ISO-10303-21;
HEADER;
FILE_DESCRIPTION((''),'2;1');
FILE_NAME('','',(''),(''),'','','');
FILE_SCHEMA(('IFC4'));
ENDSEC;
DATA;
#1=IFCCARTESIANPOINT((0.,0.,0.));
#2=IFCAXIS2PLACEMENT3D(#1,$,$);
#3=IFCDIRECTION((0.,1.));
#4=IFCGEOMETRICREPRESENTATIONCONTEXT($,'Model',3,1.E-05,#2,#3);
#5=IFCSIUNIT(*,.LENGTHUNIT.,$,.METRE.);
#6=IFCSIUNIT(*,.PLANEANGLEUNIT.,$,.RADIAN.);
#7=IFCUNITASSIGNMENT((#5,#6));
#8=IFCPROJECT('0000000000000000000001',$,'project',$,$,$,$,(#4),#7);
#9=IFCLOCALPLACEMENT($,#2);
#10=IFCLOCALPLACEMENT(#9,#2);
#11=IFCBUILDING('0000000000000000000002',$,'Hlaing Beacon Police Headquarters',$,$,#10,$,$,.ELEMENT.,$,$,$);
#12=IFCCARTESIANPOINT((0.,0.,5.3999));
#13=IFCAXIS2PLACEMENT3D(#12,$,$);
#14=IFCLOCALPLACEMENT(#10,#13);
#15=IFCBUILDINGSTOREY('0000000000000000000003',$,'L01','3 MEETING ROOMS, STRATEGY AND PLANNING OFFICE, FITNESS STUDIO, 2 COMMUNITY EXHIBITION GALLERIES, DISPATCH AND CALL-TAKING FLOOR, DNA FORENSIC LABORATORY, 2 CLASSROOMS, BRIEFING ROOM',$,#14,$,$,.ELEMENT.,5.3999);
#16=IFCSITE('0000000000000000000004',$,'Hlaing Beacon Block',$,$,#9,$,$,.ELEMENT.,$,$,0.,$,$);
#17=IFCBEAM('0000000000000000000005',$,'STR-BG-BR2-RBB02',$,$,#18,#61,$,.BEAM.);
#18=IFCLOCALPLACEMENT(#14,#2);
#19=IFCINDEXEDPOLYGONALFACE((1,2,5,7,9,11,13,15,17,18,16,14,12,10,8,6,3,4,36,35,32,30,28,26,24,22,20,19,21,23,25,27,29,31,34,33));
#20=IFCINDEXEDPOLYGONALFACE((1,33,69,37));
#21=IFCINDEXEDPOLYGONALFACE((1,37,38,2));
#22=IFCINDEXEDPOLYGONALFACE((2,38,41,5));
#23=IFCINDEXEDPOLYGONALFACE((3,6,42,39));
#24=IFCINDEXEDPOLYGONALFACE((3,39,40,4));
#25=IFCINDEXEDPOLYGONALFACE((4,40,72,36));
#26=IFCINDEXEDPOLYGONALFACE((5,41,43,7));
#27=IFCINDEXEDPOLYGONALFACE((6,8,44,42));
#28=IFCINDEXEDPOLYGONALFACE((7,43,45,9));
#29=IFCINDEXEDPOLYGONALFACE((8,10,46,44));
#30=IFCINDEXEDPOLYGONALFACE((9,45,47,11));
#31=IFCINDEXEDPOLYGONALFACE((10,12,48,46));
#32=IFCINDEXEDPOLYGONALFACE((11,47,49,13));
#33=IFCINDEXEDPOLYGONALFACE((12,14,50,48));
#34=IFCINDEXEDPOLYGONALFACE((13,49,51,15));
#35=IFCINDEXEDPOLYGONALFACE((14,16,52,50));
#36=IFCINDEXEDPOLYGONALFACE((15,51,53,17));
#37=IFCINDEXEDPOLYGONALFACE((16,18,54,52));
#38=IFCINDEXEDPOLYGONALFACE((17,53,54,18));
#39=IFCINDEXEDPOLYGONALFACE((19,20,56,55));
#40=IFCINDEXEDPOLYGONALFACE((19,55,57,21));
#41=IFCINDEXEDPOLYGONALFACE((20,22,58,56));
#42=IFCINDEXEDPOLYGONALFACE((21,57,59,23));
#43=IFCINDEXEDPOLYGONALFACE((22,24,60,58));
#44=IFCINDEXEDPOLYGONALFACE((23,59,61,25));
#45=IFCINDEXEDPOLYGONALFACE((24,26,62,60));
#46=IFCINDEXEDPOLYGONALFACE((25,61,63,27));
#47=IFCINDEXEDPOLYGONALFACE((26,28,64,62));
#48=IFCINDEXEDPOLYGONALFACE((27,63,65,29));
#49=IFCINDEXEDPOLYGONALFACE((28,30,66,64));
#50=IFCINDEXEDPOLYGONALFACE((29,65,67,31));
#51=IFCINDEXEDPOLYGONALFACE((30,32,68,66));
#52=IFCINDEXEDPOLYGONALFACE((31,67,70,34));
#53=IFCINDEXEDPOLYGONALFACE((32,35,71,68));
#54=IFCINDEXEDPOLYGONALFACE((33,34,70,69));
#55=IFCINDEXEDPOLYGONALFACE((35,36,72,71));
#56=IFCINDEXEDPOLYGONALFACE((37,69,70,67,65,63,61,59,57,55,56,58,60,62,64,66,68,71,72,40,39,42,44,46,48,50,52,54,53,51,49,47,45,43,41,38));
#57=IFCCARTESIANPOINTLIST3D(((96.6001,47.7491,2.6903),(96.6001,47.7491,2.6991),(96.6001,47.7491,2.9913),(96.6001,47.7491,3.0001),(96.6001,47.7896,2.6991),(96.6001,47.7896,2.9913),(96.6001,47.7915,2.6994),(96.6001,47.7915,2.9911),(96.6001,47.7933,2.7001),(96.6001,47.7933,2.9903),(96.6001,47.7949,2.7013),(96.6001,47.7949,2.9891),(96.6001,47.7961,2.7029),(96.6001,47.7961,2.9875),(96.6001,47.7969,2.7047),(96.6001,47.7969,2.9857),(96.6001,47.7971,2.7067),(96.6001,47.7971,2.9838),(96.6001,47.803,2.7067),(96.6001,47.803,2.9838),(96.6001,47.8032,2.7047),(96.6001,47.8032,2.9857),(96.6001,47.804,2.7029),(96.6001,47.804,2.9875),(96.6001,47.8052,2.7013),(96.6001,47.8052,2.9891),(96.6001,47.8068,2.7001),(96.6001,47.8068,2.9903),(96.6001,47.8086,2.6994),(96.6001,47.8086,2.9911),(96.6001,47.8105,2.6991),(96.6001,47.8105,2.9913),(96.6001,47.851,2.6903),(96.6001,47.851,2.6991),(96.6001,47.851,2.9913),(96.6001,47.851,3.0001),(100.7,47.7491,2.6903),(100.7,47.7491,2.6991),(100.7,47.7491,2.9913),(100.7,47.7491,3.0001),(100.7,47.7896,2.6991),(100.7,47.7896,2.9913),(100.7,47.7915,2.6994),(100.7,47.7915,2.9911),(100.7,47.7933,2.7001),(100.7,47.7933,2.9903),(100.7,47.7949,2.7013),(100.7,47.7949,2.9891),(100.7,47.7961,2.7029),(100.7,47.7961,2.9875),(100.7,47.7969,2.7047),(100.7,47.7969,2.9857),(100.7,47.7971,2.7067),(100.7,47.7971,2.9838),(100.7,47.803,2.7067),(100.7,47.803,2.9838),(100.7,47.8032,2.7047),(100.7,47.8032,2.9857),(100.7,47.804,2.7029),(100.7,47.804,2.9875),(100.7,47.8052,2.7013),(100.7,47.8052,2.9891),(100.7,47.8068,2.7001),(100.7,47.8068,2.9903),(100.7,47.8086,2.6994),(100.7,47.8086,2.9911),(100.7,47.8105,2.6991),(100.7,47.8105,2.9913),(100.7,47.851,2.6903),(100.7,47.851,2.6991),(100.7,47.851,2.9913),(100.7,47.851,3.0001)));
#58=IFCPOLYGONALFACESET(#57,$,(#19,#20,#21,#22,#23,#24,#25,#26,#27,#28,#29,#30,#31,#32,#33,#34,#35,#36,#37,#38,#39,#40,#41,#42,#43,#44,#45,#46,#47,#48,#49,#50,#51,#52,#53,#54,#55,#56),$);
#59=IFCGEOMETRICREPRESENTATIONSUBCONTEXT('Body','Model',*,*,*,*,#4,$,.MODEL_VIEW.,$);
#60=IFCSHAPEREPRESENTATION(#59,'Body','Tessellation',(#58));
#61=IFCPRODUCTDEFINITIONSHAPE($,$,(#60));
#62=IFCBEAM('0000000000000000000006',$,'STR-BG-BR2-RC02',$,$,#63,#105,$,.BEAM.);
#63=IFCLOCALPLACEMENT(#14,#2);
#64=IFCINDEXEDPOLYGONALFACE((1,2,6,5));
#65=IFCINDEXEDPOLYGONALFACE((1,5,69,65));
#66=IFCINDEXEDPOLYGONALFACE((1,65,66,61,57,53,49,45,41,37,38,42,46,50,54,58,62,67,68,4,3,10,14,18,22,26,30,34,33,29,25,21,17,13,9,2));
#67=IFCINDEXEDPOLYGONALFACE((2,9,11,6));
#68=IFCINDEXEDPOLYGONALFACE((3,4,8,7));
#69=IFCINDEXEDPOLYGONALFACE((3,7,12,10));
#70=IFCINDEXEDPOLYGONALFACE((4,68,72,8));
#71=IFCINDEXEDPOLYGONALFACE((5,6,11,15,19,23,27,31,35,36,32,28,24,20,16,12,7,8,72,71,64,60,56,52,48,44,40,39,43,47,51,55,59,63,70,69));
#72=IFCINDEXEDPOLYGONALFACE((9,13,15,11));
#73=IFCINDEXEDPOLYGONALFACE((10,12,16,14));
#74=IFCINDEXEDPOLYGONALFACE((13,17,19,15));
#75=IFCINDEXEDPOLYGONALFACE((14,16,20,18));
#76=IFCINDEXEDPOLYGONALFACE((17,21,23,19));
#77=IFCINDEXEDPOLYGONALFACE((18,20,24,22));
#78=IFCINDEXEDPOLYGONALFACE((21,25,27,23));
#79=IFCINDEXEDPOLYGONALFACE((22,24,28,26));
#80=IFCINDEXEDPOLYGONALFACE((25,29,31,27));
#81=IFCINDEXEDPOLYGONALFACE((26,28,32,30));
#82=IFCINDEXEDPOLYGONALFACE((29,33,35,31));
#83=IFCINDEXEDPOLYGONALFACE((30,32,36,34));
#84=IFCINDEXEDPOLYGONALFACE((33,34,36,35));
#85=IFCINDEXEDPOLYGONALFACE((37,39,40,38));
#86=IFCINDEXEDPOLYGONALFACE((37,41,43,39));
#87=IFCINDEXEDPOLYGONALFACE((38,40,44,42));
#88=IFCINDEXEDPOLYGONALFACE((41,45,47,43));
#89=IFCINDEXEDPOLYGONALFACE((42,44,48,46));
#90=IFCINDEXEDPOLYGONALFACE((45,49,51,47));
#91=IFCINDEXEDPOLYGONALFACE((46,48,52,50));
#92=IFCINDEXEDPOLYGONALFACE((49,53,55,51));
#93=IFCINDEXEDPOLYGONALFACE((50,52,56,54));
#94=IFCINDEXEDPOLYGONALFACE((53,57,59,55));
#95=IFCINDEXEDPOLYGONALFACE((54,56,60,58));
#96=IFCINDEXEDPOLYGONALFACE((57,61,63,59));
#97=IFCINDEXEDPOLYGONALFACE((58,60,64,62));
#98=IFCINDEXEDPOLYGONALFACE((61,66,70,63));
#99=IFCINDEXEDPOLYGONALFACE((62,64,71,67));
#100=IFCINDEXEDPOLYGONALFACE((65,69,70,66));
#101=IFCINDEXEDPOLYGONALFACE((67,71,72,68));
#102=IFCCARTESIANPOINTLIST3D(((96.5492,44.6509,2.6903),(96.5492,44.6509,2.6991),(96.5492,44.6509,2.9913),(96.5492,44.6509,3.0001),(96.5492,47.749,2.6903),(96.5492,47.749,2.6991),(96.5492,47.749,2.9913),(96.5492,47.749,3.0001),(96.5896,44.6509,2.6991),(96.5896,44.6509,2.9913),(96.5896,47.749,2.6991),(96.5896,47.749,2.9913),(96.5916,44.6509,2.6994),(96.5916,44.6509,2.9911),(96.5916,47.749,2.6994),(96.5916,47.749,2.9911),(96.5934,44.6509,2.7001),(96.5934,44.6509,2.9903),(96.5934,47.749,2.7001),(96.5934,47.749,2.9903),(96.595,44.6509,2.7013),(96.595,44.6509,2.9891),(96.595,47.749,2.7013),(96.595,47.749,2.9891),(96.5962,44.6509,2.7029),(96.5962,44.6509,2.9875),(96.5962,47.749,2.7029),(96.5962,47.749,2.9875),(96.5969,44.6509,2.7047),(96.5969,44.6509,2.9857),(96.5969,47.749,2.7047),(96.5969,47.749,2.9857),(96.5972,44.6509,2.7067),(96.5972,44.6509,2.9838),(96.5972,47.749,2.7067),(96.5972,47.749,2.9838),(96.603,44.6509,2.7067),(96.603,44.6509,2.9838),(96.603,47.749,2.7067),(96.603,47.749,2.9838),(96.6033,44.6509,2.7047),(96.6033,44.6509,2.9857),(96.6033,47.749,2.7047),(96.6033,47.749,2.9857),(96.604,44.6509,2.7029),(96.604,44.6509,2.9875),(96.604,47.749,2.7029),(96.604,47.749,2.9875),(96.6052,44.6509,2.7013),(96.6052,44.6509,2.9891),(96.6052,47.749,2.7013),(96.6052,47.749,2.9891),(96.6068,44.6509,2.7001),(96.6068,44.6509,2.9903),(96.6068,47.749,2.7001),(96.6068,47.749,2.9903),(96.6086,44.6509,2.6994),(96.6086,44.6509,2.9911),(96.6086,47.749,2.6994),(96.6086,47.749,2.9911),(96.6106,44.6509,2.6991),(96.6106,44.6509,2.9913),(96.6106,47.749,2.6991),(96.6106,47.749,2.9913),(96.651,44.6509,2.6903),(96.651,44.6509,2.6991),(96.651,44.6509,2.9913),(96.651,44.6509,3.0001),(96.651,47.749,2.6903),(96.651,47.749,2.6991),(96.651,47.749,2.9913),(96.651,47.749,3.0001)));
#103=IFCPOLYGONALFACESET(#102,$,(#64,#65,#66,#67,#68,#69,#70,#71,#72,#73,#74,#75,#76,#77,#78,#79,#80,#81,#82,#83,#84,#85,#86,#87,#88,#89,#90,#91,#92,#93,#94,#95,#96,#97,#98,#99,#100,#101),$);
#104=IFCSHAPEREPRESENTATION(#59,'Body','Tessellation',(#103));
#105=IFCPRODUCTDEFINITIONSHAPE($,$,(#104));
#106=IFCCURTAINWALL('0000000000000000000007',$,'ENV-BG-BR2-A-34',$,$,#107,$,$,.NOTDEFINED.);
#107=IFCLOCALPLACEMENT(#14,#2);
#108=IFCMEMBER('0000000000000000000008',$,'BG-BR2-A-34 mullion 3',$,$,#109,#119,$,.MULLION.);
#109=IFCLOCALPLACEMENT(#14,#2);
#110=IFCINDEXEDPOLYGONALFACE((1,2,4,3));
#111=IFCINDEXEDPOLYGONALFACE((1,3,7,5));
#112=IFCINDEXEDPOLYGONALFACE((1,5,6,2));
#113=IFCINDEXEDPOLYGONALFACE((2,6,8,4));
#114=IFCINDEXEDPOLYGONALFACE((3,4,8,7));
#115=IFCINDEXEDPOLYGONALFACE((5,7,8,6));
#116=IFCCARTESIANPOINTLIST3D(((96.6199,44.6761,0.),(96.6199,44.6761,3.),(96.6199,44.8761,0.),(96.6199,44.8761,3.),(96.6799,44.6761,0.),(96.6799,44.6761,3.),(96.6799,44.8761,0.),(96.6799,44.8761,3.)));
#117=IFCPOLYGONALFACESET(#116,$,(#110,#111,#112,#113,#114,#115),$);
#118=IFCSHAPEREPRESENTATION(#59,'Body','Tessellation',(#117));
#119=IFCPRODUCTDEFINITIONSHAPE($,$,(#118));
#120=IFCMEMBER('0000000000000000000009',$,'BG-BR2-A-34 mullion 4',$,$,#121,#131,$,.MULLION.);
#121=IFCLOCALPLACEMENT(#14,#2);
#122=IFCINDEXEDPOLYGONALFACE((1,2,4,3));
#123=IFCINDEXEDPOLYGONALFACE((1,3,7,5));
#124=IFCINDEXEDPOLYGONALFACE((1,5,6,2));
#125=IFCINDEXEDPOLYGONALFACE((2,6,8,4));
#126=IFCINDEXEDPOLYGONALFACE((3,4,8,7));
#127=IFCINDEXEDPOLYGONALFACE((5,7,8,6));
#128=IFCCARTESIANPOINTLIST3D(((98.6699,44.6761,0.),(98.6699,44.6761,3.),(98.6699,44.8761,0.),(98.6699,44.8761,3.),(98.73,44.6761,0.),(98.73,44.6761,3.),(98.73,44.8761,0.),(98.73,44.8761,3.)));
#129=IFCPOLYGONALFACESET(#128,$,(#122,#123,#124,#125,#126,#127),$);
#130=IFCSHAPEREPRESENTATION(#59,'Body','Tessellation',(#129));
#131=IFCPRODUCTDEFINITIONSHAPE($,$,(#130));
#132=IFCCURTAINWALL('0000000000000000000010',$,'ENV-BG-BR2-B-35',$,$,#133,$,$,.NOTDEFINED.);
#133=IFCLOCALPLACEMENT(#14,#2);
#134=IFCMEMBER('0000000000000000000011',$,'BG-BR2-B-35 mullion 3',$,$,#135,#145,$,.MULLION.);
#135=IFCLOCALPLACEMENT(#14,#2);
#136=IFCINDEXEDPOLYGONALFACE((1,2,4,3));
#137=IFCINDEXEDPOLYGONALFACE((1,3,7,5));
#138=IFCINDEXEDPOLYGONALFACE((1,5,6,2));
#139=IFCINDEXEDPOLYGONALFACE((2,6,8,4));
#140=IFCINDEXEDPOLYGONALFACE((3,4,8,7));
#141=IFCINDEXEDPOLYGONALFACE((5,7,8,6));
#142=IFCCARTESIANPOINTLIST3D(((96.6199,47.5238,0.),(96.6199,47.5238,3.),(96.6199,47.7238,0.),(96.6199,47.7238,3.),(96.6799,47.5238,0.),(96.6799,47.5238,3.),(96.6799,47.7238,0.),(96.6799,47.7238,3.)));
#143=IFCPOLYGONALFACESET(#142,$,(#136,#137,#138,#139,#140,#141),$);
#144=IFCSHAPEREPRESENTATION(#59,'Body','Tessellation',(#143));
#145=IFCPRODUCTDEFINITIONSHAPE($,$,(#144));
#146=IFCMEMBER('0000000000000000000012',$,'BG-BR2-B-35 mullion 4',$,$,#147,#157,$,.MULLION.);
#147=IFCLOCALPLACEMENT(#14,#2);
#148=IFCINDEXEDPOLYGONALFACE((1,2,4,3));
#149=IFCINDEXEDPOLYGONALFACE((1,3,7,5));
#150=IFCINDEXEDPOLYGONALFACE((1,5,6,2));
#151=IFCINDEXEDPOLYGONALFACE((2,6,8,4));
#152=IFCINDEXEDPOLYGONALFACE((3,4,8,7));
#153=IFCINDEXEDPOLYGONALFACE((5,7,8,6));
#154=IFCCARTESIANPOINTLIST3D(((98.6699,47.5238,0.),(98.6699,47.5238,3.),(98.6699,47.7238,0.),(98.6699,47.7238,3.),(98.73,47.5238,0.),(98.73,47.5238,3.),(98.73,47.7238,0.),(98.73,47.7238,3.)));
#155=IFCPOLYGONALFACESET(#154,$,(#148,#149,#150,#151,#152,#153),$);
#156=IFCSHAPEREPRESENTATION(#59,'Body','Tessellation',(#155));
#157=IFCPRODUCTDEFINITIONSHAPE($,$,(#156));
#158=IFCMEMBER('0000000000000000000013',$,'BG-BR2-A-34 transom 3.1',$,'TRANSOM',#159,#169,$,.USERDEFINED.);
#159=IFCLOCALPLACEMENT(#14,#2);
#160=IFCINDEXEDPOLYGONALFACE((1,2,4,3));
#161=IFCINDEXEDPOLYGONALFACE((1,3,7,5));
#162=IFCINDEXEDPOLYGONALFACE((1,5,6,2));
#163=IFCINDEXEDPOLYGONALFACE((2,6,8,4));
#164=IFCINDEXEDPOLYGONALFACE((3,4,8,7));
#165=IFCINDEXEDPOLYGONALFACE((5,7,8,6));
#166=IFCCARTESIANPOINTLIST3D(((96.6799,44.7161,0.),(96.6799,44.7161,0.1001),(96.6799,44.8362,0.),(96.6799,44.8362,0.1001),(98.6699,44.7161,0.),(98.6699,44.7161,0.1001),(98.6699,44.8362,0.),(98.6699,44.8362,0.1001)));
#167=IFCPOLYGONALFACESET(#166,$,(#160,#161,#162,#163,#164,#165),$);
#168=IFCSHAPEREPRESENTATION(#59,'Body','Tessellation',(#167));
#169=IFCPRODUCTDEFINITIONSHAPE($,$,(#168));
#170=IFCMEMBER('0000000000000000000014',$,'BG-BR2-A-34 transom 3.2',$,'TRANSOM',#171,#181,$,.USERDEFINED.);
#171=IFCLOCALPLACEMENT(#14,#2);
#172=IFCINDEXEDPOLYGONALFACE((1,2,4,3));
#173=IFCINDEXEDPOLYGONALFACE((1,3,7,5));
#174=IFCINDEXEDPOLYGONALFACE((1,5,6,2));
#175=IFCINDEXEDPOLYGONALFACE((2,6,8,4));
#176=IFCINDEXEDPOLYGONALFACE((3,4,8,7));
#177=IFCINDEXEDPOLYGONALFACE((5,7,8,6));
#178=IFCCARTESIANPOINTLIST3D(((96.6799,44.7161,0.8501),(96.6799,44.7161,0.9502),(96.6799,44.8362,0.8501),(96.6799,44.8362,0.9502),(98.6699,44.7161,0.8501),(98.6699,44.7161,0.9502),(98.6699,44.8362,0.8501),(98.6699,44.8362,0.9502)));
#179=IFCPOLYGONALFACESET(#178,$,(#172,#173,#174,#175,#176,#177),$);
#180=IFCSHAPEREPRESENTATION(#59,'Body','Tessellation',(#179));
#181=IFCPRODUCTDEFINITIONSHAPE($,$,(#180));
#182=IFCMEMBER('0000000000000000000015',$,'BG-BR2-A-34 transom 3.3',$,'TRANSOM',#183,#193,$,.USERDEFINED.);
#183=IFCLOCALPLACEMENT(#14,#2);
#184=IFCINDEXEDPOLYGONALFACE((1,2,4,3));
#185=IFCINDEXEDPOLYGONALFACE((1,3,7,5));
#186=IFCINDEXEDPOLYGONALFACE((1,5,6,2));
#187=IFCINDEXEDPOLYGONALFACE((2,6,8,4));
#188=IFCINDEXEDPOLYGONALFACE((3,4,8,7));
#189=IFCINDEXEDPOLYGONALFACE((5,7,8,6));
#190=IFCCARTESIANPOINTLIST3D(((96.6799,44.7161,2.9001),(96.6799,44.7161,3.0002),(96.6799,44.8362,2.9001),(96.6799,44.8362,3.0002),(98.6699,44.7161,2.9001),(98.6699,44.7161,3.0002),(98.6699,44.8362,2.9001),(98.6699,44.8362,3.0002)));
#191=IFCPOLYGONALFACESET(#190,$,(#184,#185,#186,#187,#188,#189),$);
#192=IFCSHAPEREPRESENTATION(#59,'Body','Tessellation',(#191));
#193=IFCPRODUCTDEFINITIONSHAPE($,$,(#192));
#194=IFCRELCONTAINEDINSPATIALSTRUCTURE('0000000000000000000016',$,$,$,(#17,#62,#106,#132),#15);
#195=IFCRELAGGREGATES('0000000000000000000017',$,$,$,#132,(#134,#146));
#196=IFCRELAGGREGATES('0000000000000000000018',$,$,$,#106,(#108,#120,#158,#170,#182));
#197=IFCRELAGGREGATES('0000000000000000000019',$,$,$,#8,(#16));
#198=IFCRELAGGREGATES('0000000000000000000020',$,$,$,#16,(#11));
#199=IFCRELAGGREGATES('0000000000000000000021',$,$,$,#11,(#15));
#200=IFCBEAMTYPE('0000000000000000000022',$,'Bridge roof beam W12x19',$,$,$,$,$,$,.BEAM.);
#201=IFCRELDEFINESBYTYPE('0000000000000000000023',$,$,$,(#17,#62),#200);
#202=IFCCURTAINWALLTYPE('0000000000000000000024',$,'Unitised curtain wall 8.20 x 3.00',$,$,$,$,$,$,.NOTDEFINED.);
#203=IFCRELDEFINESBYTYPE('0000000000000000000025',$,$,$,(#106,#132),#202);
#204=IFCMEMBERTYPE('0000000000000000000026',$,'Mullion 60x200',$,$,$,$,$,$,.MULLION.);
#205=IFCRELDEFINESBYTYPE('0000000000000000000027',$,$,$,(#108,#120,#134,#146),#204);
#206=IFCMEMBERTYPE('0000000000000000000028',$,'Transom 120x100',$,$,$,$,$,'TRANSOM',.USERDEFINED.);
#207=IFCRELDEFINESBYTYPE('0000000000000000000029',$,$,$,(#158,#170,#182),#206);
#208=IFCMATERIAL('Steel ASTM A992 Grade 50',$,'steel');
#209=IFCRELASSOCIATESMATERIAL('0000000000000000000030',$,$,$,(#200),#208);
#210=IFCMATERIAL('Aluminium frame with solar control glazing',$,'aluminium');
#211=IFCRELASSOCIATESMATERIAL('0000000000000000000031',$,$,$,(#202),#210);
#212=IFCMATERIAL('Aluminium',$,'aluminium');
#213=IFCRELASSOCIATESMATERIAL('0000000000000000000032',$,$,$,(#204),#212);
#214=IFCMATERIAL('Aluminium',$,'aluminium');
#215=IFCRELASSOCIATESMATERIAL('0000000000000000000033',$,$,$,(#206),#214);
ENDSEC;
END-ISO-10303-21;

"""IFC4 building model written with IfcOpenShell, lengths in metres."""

from ifc_helpers import new_model, si_unit, direction, frame, origin, origin_2d, place, context, subcontext, project, spatial, rectangle, i_section, extrude, material, material_profile, profile_set, type_object, element, aggregate, save


model = new_model("IFC4")

# Units and contexts
model_context = context("Model", 3, precision=1e-05, world=origin(), true_north=direction((0.0, 1.0)))
body_context = subcontext(model_context, "Body", "Model", "MODEL_VIEW")
ifc_project = project(units=[si_unit("LENGTHUNIT", "METRE"), si_unit("PLANEANGLEUNIT", "RADIAN")], contexts=[model_context])

# Site, building, storey
site_placement = place(None, origin())
site = spatial("IfcSite", under=ifc_project, at=site_placement, Name="Hlaing Beacon Block", CompositionType="ELEMENT", RefElevation=0.0)
building_placement = place(site_placement, origin())
building = spatial("IfcBuilding", under=site, at=building_placement, Name="Hlaing Beacon Police Headquarters", CompositionType="ELEMENT")
storey_placement = place(building_placement, frame((0.0, 0.0, 5.3999)))
storey = spatial("IfcBuildingStorey", under=building, at=storey_placement, Name="L01", Description="3 MEETING ROOMS, STRATEGY AND PLANNING OFFICE, FITNESS STUDIO, 2 COMMUNITY EXHIBITION GALLERIES, DISPATCH AND CALL-TAKING FLOOR, DNA FORENSIC LABORATORY, 2 CLASSROOMS, BRIEFING ROOM", CompositionType="ELEMENT", Elevation=5.3999)

# Beams
ifc_material_1 = material(Name="Steel ASTM A992 Grade 50", Category="steel")
ifc_material_profile_1 = material_profile(ifc_material_1, i_section(OverallWidth=0.1018, OverallDepth=0.3098, WebThickness=0.0059, FlangeThickness=0.0088, FilletRadius=0.0076, at=origin_2d()), Name="W12x19")
ifc_profile_set_1 = profile_set([ifc_material_profile_1], Name="Steel ASTM A992 Grade 50")
beam_type_1 = type_object("IfcBeamType", Name="Bridge roof beam W12x19", PredefinedType="BEAM", material=ifc_profile_set_1)
for number, where, z_axis, x_axis, name in (
    (1, (96.6001, 47.8, 2.8452), (1.0, 0.0, 0.0), (0.0, 1.0, 0.0), "STR-BG-BR2-RBB02"),
):
    element("IfcBeam", number, at=place(storey_placement, frame(where, z_axis=z_axis, x_axis=x_axis)), inside=storey, type_object=beam_type_1, Name=name, PredefinedType="BEAM", context=body_context, shape_type="SweptSolid", body=[
        extrude(i_section(OverallWidth=0.1018, OverallDepth=0.3098, WebThickness=0.0059, FlangeThickness=0.0088, FilletRadius=0.0076, at=origin_2d()), origin(), (0.0, 0.0, 1.0), 4.0999),
    ])
beam_placement = place(storey_placement, frame((96.6001, 44.6509, 2.8452), z_axis=(0.0, 1.0, 0.0), x_axis=(-1.0, 0.0, 0.0)))
element("IfcBeam", 2, at=beam_placement, inside=storey, type_object=beam_type_1, Name="STR-BG-BR2-RC02", PredefinedType="BEAM", context=body_context, shape_type="SweptSolid", body=[
    extrude(i_section(OverallWidth=0.1018, OverallDepth=0.3098, WebThickness=0.0059, FlangeThickness=0.0088, FilletRadius=0.0076, at=origin_2d()), origin(), (0.0, 0.0, 1.0), 3.0981),
])

# Curtain walls, members
ifc_material_2 = material(Name="Aluminium frame with solar control glazing", Category="aluminium")
curtain_wall_type = type_object("IfcCurtainWallType", Name="Unitised curtain wall 8.20 x 3.00", PredefinedType="NOTDEFINED", material=ifc_material_2)
curtain_wall_1_placement = place(storey_placement, origin())
curtain_wall_1 = element("IfcCurtainWall", 3, at=curtain_wall_1_placement, inside=storey, type_object=curtain_wall_type, Name="ENV-BG-BR2-A-34", PredefinedType="NOTDEFINED")
ifc_material_3 = material(Name="Aluminium", Category="aluminium")
ifc_material_profile_2 = material_profile(ifc_material_3, rectangle(XDim=0.2, YDim=0.0601, at=origin_2d()), Name="Mullion 60x200")
ifc_profile_set_2 = profile_set([ifc_material_profile_2], Name="Aluminium")
member_type_1 = type_object("IfcMemberType", Name="Mullion 60x200", PredefinedType="MULLION", material=ifc_profile_set_2)
member_1_placement = place(storey_placement, frame((96.6499, 44.7761, 0.0), z_axis=(0.0, 0.0, 1.0), x_axis=(0.0, 1.0, 0.0)))
member_1 = element("IfcMember", 4, at=member_1_placement, type_object=member_type_1, Name="BG-BR2-A-34 mullion 3", PredefinedType="MULLION", context=body_context, shape_type="SweptSolid", body=[
    extrude(rectangle(XDim=0.2, YDim=0.0601, at=origin_2d()), origin(), (0.0, 0.0, 1.0), 3.0),
])
member_2_placement = place(storey_placement, frame((98.7, 44.7761, 0.0), z_axis=(0.0, 0.0, 1.0), x_axis=(0.0, 1.0, 0.0)))
member_2 = element("IfcMember", 5, at=member_2_placement, type_object=member_type_1, Name="BG-BR2-A-34 mullion 4", PredefinedType="MULLION", context=body_context, shape_type="SweptSolid", body=[
    extrude(rectangle(XDim=0.2, YDim=0.0601, at=origin_2d()), origin(), (0.0, 0.0, 1.0), 3.0),
])
curtain_wall_2_placement = place(storey_placement, origin())
curtain_wall_2 = element("IfcCurtainWall", 6, at=curtain_wall_2_placement, inside=storey, type_object=curtain_wall_type, Name="ENV-BG-BR2-B-35", PredefinedType="NOTDEFINED")
member_3_placement = place(storey_placement, frame((96.6499, 47.6238, 0.0), z_axis=(0.0, 0.0, 1.0), x_axis=(0.0, 1.0, 0.0)))
member_3 = element("IfcMember", 7, at=member_3_placement, type_object=member_type_1, Name="BG-BR2-B-35 mullion 3", PredefinedType="MULLION", context=body_context, shape_type="SweptSolid", body=[
    extrude(rectangle(XDim=0.2, YDim=0.0601, at=origin_2d()), origin(), (0.0, 0.0, 1.0), 3.0),
])
member_4_placement = place(storey_placement, frame((98.7, 47.6238, 0.0), z_axis=(0.0, 0.0, 1.0), x_axis=(0.0, 1.0, 0.0)))
member_4 = element("IfcMember", 8, at=member_4_placement, type_object=member_type_1, Name="BG-BR2-B-35 mullion 4", PredefinedType="MULLION", context=body_context, shape_type="SweptSolid", body=[
    extrude(rectangle(XDim=0.2, YDim=0.0601, at=origin_2d()), origin(), (0.0, 0.0, 1.0), 3.0),
])

# Members
ifc_material_4 = material(Name="Aluminium", Category="aluminium")
ifc_material_profile_3 = material_profile(ifc_material_4, rectangle(XDim=0.1201, YDim=0.1001, at=origin_2d()), Name="Transom 120x100")
ifc_profile_set_3 = profile_set([ifc_material_profile_3], Name="Aluminium")
member_type_2 = type_object("IfcMemberType", Name="Transom 120x100", ElementType="TRANSOM", PredefinedType="USERDEFINED", material=ifc_profile_set_3)
member_5_placement = place(storey_placement, frame((96.6799, 44.7761, 0.05), z_axis=(1.0, 0.0, 0.0), x_axis=(0.0, 1.0, 0.0)))
member_5 = element("IfcMember", 9, at=member_5_placement, type_object=member_type_2, Name="BG-BR2-A-34 transom 3.1", ObjectType="TRANSOM", PredefinedType="USERDEFINED", context=body_context, shape_type="SweptSolid", body=[
    extrude(rectangle(XDim=0.1201, YDim=0.1001, at=origin_2d()), origin(), (0.0, 0.0, 1.0), 1.99),
])
member_6_placement = place(storey_placement, frame((96.6799, 44.7761, 0.9001), z_axis=(1.0, 0.0, 0.0), x_axis=(0.0, 1.0, 0.0)))
member_6 = element("IfcMember", 10, at=member_6_placement, type_object=member_type_2, Name="BG-BR2-A-34 transom 3.2", ObjectType="TRANSOM", PredefinedType="USERDEFINED", context=body_context, shape_type="SweptSolid", body=[
    extrude(rectangle(XDim=0.1201, YDim=0.1001, at=origin_2d()), origin(), (0.0, 0.0, 1.0), 1.99),
])
member_7_placement = place(storey_placement, frame((96.6799, 44.7761, 2.9502), z_axis=(1.0, 0.0, 0.0), x_axis=(0.0, 1.0, 0.0)))
member_7 = element("IfcMember", 11, at=member_7_placement, type_object=member_type_2, Name="BG-BR2-A-34 transom 3.3", ObjectType="TRANSOM", PredefinedType="USERDEFINED", context=body_context, shape_type="SweptSolid", body=[
    extrude(rectangle(XDim=0.1201, YDim=0.1001, at=origin_2d()), origin(), (0.0, 0.0, 1.0), 1.99),
])

aggregate(curtain_wall_2, [member_3, member_4])
aggregate(curtain_wall_1, [member_1, member_2, member_5, member_6, member_7])

save(model, "model.ifc")
